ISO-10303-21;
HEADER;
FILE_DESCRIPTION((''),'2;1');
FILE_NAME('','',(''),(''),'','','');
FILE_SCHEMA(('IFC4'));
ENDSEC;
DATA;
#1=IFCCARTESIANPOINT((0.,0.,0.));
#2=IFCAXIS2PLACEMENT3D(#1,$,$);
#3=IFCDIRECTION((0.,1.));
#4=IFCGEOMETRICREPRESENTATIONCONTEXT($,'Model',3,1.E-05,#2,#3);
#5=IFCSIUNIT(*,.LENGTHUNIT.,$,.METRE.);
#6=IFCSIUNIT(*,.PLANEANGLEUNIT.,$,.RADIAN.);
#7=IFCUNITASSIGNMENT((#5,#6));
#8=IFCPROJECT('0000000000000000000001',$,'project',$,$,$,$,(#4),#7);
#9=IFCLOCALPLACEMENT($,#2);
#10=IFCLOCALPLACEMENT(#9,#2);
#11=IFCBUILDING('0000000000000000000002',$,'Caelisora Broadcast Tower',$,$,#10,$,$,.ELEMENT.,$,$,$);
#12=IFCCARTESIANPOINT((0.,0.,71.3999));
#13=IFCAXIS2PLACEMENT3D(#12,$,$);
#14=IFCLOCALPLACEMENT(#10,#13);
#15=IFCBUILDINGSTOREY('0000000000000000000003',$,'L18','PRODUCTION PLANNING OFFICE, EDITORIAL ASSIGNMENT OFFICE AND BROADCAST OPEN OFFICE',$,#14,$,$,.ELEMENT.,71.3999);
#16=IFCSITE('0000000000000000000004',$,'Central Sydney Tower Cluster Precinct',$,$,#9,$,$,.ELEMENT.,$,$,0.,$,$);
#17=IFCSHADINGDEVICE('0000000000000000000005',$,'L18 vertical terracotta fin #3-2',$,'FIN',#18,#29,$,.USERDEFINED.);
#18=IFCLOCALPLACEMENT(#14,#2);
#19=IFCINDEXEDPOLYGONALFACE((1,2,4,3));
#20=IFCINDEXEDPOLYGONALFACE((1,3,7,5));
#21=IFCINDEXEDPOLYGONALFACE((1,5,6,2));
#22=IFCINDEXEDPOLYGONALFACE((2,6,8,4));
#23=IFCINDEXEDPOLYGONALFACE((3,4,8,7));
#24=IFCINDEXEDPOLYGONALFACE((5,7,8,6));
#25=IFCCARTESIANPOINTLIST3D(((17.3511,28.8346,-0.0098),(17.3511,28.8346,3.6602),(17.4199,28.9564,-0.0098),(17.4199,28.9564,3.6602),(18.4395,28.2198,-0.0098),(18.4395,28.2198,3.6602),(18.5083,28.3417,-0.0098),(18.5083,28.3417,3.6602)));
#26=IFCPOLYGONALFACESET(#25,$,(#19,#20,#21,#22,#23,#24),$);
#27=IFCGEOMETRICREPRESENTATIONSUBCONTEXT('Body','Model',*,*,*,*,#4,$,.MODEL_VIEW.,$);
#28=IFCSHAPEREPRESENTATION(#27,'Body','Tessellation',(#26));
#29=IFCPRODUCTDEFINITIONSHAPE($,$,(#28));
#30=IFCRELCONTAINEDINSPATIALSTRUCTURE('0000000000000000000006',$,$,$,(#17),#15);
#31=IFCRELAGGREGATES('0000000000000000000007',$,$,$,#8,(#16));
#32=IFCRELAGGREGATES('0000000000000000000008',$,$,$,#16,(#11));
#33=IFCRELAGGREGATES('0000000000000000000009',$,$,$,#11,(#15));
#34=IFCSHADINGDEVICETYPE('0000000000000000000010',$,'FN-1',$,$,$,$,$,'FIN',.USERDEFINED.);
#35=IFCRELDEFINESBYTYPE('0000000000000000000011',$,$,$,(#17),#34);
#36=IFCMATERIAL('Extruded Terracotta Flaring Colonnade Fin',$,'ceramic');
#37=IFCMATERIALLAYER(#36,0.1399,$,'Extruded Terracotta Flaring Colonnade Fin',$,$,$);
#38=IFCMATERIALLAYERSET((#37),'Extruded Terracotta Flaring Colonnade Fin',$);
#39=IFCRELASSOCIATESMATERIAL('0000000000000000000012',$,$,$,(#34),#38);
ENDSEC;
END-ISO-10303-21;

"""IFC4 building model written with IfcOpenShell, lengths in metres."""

from ifc_helpers import new_model, si_unit, direction, frame, origin, origin_2d, place, context, subcontext, project, spatial, rectangle, extrude, source, transform, mapped, material, layer, layer_set, type_object, type_shapes, element, save


model = new_model("IFC4")

# Units and contexts
model_context = context("Model", 3, precision=1e-05, world=origin(), true_north=direction((0.0, 1.0)))
body_context = subcontext(model_context, "Body", "Model", "MODEL_VIEW")
ifc_project = project(units=[si_unit("LENGTHUNIT", "METRE"), si_unit("PLANEANGLEUNIT", "RADIAN")], contexts=[model_context])

# Site, building, storey
site_placement = place(None, origin())
site = spatial("IfcSite", under=ifc_project, at=site_placement, Name="Central Sydney Tower Cluster Precinct", CompositionType="ELEMENT", RefElevation=0.0)
building_placement = place(site_placement, origin())
building = spatial("IfcBuilding", under=site, at=building_placement, Name="Caelisora Broadcast Tower", CompositionType="ELEMENT")
storey_placement = place(building_placement, frame((0.0, 0.0, 71.3999)))
storey = spatial("IfcBuildingStorey", under=building, at=storey_placement, Name="L18", Description="PRODUCTION PLANNING OFFICE, EDITORIAL ASSIGNMENT OFFICE AND BROADCAST OPEN OFFICE", CompositionType="ELEMENT", Elevation=71.3999)

# Shading device
ifc_material_1 = material(Name="Extruded Terracotta Flaring Colonnade Fin", Category="ceramic")
ifc_layer_1 = layer(ifc_material_1, 0.1399, Name="Extruded Terracotta Flaring Colonnade Fin")
ifc_layer_set_1 = layer_set([ifc_layer_1], Name="Extruded Terracotta Flaring Colonnade Fin")
shading_device_type = type_object("IfcShadingDeviceType", Name="FN-1", ElementType="FIN", PredefinedType="USERDEFINED", material=ifc_layer_set_1)
shared_shape_1 = source(origin(), body_context, "Body", "SweptSolid", [
    extrude(rectangle(XDim=0.1399, YDim=1.25, at=origin_2d()), origin(), (0.0, 0.0, 1.0), 3.6699),
])
type_shapes(shading_device_type, [shared_shape_1])
for number, where, z_axis, x_axis, name in (
    (1, (17.9297, 28.5881, -0.0098), (0.0, 0.0, 1.0), (0.491816, 0.870699, 0.0), "L18 vertical terracotta fin #3-2"),
):
    element("IfcShadingDevice", number, at=place(storey_placement, frame(where, z_axis=z_axis, x_axis=x_axis)), inside=storey, type_object=shading_device_type, Name=name, ObjectType="FIN", PredefinedType="USERDEFINED", context=body_context, shape_type="MappedRepresentation", body=[
        mapped(shared_shape_1, transform((0.0, 0.0, 0.0), scale=1.0)),
    ])

save(model, "model.ifc")
